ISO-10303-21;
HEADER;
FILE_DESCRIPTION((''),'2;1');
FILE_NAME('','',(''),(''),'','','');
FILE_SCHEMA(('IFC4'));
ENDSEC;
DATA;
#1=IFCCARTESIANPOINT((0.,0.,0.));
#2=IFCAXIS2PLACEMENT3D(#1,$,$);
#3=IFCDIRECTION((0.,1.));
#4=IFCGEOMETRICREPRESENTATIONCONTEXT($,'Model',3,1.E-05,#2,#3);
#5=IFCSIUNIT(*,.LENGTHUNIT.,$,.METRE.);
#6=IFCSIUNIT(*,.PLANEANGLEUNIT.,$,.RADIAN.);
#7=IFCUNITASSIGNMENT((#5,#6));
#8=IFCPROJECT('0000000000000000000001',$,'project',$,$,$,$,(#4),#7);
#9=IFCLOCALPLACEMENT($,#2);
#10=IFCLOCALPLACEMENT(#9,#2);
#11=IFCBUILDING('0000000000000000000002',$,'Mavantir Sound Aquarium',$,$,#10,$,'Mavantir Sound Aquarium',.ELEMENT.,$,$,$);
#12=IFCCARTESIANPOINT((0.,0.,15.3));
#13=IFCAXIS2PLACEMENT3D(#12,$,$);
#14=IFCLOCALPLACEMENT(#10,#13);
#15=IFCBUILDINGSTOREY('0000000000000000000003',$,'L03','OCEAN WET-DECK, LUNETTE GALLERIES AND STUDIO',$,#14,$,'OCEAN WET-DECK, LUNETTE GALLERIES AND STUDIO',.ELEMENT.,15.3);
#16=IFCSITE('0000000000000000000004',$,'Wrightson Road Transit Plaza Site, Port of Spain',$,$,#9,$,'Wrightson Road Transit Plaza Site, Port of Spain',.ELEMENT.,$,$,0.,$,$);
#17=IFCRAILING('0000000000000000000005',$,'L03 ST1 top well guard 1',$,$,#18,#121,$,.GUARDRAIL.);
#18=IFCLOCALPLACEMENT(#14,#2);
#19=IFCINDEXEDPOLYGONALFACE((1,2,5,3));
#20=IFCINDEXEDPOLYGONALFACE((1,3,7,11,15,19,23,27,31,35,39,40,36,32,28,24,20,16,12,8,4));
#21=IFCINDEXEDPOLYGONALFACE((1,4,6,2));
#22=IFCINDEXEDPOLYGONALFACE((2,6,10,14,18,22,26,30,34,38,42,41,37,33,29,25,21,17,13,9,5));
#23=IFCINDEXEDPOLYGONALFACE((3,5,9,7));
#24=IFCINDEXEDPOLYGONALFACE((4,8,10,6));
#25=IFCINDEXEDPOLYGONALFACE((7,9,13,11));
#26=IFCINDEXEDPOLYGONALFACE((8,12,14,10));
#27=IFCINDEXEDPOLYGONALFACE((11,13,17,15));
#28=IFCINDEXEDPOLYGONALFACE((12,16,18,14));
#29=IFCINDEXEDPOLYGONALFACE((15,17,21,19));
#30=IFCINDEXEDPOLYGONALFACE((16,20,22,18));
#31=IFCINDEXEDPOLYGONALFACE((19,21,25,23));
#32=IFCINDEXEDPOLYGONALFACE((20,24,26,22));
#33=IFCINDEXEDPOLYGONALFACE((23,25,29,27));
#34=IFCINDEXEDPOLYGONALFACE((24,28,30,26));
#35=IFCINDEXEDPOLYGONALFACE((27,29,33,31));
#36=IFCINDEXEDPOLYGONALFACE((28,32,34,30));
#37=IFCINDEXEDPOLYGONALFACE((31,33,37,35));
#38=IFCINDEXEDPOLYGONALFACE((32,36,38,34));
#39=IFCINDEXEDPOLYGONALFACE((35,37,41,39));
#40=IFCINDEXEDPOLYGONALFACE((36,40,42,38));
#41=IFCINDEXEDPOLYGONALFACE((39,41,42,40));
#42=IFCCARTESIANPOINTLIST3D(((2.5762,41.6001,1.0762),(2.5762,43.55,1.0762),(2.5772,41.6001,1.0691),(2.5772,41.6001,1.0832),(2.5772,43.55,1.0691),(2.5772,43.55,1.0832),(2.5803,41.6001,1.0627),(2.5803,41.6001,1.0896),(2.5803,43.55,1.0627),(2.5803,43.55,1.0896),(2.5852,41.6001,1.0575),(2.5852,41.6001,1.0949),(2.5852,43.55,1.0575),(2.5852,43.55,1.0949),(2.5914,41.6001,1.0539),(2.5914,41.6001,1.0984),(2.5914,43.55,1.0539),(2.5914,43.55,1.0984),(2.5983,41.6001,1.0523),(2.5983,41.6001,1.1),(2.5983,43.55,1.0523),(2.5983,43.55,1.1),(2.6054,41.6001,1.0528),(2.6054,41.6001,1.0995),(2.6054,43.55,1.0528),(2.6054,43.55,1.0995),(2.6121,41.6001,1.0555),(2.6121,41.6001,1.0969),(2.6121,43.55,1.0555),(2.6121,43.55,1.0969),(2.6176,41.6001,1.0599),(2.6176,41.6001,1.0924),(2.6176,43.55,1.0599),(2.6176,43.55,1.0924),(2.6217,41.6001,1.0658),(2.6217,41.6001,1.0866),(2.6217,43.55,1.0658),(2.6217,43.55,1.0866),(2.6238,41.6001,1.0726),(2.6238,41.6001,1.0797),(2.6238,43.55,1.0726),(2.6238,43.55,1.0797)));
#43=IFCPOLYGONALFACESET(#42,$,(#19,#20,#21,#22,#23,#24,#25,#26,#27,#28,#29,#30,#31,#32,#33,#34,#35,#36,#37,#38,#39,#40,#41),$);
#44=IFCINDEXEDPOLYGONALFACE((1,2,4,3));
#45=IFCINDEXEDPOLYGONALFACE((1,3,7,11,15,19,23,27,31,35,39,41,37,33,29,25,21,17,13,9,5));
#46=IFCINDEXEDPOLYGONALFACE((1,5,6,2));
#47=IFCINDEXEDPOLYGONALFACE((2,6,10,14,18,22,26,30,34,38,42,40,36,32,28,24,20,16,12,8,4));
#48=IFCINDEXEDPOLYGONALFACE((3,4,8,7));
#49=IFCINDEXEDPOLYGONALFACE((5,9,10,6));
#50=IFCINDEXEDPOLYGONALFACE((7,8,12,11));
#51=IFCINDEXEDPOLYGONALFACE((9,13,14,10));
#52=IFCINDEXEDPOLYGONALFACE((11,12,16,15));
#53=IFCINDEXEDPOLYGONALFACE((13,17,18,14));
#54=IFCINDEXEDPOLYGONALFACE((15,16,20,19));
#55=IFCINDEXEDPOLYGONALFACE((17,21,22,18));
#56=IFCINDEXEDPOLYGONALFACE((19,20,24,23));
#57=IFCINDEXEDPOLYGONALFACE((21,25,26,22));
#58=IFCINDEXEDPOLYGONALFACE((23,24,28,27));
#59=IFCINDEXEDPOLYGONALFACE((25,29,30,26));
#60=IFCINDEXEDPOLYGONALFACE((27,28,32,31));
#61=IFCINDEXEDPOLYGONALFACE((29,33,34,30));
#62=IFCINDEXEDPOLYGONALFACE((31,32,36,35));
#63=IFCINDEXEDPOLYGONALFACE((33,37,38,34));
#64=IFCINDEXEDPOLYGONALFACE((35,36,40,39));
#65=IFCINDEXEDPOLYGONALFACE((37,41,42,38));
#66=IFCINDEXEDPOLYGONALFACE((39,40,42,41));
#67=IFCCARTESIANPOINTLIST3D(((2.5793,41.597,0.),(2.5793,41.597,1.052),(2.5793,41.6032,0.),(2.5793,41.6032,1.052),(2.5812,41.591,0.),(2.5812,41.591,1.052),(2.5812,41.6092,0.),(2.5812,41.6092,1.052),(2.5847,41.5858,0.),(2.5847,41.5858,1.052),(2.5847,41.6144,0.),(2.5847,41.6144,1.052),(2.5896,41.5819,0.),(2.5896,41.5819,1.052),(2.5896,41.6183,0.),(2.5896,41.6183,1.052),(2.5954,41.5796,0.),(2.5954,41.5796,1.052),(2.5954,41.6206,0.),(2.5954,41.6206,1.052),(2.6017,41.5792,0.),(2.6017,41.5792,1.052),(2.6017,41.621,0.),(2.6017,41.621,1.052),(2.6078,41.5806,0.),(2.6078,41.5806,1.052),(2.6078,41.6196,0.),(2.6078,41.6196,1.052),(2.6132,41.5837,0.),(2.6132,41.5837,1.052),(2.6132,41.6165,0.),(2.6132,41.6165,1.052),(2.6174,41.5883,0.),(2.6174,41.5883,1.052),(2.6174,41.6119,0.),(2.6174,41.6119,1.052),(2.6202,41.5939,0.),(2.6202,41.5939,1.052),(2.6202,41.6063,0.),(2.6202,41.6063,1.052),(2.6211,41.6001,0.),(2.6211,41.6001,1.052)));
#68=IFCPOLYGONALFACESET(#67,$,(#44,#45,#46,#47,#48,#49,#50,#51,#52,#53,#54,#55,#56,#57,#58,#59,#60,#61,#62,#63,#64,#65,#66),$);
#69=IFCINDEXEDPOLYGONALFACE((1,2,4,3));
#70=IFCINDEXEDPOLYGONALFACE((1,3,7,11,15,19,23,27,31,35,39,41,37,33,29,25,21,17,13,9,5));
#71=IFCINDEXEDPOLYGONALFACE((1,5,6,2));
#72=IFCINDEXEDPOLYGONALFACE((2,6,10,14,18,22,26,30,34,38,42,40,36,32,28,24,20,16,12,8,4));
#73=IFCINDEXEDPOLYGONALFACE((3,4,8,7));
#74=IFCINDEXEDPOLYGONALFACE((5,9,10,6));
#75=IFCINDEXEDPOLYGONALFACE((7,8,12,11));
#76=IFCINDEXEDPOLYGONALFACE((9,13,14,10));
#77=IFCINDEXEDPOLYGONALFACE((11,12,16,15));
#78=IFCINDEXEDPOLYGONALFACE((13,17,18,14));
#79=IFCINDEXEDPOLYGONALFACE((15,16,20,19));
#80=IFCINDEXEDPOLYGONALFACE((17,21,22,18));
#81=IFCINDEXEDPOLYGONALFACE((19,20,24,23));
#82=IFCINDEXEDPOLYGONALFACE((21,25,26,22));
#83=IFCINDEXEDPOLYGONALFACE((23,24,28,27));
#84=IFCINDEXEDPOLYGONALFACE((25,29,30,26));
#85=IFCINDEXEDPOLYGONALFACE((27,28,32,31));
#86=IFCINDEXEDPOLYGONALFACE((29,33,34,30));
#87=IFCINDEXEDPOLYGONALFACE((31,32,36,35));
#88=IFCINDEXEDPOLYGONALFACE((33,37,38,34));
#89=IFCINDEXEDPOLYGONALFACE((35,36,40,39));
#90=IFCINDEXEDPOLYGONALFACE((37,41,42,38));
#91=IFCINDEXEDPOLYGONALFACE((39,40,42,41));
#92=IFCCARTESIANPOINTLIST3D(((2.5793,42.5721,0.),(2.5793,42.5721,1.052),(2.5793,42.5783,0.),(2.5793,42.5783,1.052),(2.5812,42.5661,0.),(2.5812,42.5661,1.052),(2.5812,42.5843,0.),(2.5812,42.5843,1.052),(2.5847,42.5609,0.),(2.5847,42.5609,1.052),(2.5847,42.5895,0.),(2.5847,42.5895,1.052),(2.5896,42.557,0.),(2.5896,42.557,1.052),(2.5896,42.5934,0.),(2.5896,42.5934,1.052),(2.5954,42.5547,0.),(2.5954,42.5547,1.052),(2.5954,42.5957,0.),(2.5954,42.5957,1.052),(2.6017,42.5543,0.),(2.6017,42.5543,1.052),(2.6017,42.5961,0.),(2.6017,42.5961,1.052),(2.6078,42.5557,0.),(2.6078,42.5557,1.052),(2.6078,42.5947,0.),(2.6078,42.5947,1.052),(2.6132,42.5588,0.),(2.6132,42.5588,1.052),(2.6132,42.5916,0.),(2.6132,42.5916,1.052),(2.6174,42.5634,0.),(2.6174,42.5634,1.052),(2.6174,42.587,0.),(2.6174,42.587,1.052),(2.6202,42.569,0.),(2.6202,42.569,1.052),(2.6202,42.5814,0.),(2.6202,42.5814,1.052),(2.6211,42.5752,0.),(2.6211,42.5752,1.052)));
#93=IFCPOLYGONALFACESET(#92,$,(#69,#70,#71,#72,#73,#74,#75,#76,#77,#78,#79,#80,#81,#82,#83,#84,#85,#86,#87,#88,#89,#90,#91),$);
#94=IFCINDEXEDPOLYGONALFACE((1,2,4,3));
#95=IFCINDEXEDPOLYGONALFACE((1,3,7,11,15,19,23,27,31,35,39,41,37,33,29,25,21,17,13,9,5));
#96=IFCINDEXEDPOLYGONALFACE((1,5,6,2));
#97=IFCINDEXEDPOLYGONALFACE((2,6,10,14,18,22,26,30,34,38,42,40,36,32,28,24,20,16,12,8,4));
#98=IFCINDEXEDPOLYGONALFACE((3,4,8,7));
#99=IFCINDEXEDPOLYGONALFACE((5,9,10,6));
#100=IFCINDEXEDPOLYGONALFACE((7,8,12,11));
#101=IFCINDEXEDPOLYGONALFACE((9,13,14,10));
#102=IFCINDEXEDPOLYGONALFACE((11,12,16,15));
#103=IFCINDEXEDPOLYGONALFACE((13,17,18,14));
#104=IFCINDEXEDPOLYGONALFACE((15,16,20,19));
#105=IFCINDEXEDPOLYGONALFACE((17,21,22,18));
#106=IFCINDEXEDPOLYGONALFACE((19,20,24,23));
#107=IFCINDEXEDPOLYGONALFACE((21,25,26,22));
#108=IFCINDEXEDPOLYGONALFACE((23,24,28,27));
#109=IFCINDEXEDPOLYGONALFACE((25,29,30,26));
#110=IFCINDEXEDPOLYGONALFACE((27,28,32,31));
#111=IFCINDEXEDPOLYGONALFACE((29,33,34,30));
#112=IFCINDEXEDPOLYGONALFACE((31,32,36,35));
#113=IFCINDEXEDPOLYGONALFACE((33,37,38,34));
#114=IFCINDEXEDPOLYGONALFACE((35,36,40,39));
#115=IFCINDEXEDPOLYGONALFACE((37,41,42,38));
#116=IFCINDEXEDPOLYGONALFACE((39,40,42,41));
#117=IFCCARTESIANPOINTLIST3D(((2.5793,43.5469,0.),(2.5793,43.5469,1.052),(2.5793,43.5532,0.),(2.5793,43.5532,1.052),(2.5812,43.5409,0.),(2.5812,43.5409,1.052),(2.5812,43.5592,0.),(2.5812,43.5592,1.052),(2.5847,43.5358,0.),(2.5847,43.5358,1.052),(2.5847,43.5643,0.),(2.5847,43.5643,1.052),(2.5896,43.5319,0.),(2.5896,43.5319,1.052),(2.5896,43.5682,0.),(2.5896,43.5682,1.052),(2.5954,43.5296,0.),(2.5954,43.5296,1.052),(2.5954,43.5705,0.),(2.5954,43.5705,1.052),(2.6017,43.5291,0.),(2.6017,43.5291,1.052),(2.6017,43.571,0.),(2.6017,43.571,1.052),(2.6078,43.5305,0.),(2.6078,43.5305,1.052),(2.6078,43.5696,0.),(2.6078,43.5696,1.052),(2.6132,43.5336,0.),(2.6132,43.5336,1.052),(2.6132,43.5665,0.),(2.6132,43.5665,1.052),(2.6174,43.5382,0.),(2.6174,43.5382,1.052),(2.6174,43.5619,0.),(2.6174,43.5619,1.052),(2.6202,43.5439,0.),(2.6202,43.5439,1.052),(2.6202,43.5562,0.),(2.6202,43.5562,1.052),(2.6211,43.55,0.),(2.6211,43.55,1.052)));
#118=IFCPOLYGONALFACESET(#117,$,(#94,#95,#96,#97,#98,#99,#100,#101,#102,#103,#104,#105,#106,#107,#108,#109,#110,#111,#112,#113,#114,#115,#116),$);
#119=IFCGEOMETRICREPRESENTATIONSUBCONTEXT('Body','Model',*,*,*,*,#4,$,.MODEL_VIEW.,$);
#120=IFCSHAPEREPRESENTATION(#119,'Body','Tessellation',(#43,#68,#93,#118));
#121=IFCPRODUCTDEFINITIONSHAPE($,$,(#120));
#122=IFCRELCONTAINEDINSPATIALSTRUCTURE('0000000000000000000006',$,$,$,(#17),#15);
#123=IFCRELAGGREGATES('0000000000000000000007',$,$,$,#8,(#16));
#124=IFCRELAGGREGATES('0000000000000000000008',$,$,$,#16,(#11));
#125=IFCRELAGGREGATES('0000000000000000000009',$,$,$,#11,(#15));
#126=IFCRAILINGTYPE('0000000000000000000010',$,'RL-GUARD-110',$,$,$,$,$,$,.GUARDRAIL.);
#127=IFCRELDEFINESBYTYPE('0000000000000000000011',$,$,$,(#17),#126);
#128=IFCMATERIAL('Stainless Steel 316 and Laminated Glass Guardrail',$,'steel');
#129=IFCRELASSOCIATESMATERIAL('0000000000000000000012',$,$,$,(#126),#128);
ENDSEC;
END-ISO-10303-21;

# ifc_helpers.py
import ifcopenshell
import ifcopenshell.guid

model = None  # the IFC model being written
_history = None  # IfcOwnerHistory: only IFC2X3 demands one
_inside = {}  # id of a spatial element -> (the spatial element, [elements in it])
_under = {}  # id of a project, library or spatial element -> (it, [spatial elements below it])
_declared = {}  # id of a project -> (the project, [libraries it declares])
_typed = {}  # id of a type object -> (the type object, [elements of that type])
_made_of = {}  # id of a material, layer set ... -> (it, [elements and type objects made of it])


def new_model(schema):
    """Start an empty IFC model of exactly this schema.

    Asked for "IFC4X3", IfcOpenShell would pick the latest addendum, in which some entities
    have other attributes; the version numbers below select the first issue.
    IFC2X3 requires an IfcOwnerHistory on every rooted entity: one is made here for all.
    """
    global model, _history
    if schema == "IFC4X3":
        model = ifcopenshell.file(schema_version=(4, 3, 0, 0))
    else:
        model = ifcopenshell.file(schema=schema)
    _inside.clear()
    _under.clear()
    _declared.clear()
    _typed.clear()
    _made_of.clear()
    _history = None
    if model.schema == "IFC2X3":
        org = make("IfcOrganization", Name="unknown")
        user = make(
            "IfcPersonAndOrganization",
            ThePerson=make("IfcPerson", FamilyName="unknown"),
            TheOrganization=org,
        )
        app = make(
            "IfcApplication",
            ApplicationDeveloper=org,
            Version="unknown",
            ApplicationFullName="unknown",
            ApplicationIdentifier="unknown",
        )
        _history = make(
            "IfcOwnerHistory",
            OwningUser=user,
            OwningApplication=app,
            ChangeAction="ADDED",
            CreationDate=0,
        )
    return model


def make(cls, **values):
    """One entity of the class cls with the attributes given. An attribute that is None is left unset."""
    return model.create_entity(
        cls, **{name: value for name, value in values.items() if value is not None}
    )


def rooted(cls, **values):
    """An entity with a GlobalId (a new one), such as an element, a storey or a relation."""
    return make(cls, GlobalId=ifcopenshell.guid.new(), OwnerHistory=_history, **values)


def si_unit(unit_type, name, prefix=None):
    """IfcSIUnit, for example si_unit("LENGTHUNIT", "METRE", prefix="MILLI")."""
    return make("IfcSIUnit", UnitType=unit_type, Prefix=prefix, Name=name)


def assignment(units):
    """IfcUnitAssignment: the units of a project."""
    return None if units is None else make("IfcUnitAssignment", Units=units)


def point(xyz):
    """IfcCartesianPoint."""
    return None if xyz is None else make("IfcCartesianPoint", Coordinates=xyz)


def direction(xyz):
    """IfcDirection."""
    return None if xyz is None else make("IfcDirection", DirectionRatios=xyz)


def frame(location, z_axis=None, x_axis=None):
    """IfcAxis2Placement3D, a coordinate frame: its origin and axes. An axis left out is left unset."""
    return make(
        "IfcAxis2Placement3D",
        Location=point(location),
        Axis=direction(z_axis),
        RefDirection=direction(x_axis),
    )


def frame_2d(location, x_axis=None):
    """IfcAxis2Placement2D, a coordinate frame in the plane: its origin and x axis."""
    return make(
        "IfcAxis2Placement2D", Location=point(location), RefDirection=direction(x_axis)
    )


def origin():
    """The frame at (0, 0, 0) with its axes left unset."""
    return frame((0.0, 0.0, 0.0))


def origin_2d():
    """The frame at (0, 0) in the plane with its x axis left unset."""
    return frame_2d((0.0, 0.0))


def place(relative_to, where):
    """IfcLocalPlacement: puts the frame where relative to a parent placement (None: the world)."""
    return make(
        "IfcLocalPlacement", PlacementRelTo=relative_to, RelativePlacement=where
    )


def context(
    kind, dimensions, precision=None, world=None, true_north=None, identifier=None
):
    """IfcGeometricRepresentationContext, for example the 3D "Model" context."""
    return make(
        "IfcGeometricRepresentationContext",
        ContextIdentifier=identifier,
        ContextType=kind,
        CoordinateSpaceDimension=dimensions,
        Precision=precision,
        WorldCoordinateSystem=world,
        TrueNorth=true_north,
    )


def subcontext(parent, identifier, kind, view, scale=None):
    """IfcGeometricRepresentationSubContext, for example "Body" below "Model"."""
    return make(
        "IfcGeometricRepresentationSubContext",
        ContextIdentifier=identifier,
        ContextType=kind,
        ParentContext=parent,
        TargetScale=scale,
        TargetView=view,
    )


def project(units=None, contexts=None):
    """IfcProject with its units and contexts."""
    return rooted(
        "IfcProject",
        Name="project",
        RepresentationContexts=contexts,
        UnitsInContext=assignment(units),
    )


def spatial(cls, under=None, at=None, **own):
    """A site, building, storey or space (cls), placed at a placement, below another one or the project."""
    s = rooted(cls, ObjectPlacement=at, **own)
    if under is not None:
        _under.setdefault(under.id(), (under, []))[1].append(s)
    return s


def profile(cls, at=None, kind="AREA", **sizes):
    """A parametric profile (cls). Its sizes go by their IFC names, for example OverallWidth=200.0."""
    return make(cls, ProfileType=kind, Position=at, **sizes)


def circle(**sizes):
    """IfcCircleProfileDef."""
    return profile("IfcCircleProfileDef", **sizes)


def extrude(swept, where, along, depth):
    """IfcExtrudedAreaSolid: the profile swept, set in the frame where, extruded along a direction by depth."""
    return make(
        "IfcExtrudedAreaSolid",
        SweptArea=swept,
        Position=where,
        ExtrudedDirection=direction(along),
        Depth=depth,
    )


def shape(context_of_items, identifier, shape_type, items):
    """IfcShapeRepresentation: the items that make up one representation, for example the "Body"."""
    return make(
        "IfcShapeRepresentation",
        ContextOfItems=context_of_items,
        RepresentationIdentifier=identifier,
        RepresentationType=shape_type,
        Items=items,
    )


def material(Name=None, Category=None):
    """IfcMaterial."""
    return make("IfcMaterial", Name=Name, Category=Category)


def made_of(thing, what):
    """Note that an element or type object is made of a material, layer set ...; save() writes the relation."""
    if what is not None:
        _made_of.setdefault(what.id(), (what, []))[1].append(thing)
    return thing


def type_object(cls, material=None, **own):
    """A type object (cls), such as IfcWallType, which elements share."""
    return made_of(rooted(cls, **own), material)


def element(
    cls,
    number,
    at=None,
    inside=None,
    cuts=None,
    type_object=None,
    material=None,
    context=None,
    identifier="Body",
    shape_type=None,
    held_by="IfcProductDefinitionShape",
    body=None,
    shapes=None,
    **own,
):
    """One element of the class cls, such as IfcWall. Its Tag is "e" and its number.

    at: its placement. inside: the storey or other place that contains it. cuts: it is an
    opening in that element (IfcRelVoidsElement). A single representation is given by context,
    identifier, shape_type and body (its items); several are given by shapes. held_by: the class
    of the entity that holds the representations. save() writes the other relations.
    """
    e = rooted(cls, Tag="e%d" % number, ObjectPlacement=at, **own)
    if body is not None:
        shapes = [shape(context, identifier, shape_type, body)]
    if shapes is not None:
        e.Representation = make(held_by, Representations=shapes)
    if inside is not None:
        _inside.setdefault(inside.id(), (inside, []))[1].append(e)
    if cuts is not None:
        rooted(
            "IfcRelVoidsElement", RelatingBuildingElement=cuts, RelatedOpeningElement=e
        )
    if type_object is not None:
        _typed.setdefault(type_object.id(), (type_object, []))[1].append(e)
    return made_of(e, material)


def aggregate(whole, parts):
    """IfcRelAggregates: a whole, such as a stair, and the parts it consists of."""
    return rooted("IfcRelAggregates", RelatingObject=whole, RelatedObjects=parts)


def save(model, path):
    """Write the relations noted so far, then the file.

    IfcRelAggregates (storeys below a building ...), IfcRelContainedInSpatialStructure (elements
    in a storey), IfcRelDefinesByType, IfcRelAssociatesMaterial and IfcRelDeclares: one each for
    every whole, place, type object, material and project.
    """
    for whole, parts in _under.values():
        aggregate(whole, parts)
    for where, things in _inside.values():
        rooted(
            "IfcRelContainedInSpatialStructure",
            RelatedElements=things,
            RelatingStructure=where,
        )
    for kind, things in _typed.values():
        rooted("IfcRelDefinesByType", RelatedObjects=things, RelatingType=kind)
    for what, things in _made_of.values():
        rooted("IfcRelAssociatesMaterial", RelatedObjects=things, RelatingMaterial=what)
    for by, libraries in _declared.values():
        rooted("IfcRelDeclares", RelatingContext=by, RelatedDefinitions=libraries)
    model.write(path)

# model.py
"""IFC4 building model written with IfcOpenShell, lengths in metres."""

from ifc_helpers import new_model, si_unit, direction, frame, origin, origin_2d, place, context, subcontext, project, spatial, circle, extrude, material, type_object, element, save


model = new_model("IFC4")

# Units and contexts
model_context = context("Model", 3, precision=1e-05, world=origin(), true_north=direction((0.0, 1.0)))
body_context = subcontext(model_context, "Body", "Model", "MODEL_VIEW")
ifc_project = project(units=[si_unit("LENGTHUNIT", "METRE"), si_unit("PLANEANGLEUNIT", "RADIAN")], contexts=[model_context])

# Site, building, storey
site_placement = place(None, origin())
site = spatial("IfcSite", under=ifc_project, at=site_placement, Name="Wrightson Road Transit Plaza Site, Port of Spain", LongName="Wrightson Road Transit Plaza Site, Port of Spain", CompositionType="ELEMENT", RefElevation=0.0)
building_placement = place(site_placement, origin())
building = spatial("IfcBuilding", under=site, at=building_placement, Name="Mavantir Sound Aquarium", LongName="Mavantir Sound Aquarium", CompositionType="ELEMENT")
storey_placement = place(building_placement, frame((0.0, 0.0, 15.3)))
storey = spatial("IfcBuildingStorey", under=building, at=storey_placement, Name="L03", Description="OCEAN WET-DECK, LUNETTE GALLERIES AND STUDIO", LongName="OCEAN WET-DECK, LUNETTE GALLERIES AND STUDIO", CompositionType="ELEMENT", Elevation=15.3)

# Railing
ifc_material_1 = material(Name="Stainless Steel 316 and Laminated Glass Guardrail", Category="steel")
railing_type = type_object("IfcRailingType", Name="RL-GUARD-110", PredefinedType="GUARDRAIL", material=ifc_material_1)
railing_placement = place(storey_placement, frame((2.6001, 41.6001, 0.0)))
element("IfcRailing", 1, at=railing_placement, inside=storey, type_object=railing_type, Name="L03 ST1 top well guard 1", PredefinedType="GUARDRAIL", context=body_context, shape_type="SweptSolid", body=[
    extrude(circle(Radius=0.0239, at=origin_2d()), frame((0.0, 0.0, 1.0762), z_axis=(0.0, 1.0, 0.0), x_axis=(-1.0, 0.0, 0.0)), (0.0, 0.0, 1.0), 1.95),
    extrude(circle(Radius=0.021, at=origin_2d()), origin(), (0.0, 0.0, 1.0), 1.052),
    extrude(circle(Radius=0.021, at=origin_2d()), frame((0.0, 0.9751, 0.0)), (0.0, 0.0, 1.0), 1.052),
    extrude(circle(Radius=0.021, at=origin_2d()), frame((0.0, 1.95, 0.0)), (0.0, 0.0, 1.0), 1.052),
])

save(model, "model.ifc")
